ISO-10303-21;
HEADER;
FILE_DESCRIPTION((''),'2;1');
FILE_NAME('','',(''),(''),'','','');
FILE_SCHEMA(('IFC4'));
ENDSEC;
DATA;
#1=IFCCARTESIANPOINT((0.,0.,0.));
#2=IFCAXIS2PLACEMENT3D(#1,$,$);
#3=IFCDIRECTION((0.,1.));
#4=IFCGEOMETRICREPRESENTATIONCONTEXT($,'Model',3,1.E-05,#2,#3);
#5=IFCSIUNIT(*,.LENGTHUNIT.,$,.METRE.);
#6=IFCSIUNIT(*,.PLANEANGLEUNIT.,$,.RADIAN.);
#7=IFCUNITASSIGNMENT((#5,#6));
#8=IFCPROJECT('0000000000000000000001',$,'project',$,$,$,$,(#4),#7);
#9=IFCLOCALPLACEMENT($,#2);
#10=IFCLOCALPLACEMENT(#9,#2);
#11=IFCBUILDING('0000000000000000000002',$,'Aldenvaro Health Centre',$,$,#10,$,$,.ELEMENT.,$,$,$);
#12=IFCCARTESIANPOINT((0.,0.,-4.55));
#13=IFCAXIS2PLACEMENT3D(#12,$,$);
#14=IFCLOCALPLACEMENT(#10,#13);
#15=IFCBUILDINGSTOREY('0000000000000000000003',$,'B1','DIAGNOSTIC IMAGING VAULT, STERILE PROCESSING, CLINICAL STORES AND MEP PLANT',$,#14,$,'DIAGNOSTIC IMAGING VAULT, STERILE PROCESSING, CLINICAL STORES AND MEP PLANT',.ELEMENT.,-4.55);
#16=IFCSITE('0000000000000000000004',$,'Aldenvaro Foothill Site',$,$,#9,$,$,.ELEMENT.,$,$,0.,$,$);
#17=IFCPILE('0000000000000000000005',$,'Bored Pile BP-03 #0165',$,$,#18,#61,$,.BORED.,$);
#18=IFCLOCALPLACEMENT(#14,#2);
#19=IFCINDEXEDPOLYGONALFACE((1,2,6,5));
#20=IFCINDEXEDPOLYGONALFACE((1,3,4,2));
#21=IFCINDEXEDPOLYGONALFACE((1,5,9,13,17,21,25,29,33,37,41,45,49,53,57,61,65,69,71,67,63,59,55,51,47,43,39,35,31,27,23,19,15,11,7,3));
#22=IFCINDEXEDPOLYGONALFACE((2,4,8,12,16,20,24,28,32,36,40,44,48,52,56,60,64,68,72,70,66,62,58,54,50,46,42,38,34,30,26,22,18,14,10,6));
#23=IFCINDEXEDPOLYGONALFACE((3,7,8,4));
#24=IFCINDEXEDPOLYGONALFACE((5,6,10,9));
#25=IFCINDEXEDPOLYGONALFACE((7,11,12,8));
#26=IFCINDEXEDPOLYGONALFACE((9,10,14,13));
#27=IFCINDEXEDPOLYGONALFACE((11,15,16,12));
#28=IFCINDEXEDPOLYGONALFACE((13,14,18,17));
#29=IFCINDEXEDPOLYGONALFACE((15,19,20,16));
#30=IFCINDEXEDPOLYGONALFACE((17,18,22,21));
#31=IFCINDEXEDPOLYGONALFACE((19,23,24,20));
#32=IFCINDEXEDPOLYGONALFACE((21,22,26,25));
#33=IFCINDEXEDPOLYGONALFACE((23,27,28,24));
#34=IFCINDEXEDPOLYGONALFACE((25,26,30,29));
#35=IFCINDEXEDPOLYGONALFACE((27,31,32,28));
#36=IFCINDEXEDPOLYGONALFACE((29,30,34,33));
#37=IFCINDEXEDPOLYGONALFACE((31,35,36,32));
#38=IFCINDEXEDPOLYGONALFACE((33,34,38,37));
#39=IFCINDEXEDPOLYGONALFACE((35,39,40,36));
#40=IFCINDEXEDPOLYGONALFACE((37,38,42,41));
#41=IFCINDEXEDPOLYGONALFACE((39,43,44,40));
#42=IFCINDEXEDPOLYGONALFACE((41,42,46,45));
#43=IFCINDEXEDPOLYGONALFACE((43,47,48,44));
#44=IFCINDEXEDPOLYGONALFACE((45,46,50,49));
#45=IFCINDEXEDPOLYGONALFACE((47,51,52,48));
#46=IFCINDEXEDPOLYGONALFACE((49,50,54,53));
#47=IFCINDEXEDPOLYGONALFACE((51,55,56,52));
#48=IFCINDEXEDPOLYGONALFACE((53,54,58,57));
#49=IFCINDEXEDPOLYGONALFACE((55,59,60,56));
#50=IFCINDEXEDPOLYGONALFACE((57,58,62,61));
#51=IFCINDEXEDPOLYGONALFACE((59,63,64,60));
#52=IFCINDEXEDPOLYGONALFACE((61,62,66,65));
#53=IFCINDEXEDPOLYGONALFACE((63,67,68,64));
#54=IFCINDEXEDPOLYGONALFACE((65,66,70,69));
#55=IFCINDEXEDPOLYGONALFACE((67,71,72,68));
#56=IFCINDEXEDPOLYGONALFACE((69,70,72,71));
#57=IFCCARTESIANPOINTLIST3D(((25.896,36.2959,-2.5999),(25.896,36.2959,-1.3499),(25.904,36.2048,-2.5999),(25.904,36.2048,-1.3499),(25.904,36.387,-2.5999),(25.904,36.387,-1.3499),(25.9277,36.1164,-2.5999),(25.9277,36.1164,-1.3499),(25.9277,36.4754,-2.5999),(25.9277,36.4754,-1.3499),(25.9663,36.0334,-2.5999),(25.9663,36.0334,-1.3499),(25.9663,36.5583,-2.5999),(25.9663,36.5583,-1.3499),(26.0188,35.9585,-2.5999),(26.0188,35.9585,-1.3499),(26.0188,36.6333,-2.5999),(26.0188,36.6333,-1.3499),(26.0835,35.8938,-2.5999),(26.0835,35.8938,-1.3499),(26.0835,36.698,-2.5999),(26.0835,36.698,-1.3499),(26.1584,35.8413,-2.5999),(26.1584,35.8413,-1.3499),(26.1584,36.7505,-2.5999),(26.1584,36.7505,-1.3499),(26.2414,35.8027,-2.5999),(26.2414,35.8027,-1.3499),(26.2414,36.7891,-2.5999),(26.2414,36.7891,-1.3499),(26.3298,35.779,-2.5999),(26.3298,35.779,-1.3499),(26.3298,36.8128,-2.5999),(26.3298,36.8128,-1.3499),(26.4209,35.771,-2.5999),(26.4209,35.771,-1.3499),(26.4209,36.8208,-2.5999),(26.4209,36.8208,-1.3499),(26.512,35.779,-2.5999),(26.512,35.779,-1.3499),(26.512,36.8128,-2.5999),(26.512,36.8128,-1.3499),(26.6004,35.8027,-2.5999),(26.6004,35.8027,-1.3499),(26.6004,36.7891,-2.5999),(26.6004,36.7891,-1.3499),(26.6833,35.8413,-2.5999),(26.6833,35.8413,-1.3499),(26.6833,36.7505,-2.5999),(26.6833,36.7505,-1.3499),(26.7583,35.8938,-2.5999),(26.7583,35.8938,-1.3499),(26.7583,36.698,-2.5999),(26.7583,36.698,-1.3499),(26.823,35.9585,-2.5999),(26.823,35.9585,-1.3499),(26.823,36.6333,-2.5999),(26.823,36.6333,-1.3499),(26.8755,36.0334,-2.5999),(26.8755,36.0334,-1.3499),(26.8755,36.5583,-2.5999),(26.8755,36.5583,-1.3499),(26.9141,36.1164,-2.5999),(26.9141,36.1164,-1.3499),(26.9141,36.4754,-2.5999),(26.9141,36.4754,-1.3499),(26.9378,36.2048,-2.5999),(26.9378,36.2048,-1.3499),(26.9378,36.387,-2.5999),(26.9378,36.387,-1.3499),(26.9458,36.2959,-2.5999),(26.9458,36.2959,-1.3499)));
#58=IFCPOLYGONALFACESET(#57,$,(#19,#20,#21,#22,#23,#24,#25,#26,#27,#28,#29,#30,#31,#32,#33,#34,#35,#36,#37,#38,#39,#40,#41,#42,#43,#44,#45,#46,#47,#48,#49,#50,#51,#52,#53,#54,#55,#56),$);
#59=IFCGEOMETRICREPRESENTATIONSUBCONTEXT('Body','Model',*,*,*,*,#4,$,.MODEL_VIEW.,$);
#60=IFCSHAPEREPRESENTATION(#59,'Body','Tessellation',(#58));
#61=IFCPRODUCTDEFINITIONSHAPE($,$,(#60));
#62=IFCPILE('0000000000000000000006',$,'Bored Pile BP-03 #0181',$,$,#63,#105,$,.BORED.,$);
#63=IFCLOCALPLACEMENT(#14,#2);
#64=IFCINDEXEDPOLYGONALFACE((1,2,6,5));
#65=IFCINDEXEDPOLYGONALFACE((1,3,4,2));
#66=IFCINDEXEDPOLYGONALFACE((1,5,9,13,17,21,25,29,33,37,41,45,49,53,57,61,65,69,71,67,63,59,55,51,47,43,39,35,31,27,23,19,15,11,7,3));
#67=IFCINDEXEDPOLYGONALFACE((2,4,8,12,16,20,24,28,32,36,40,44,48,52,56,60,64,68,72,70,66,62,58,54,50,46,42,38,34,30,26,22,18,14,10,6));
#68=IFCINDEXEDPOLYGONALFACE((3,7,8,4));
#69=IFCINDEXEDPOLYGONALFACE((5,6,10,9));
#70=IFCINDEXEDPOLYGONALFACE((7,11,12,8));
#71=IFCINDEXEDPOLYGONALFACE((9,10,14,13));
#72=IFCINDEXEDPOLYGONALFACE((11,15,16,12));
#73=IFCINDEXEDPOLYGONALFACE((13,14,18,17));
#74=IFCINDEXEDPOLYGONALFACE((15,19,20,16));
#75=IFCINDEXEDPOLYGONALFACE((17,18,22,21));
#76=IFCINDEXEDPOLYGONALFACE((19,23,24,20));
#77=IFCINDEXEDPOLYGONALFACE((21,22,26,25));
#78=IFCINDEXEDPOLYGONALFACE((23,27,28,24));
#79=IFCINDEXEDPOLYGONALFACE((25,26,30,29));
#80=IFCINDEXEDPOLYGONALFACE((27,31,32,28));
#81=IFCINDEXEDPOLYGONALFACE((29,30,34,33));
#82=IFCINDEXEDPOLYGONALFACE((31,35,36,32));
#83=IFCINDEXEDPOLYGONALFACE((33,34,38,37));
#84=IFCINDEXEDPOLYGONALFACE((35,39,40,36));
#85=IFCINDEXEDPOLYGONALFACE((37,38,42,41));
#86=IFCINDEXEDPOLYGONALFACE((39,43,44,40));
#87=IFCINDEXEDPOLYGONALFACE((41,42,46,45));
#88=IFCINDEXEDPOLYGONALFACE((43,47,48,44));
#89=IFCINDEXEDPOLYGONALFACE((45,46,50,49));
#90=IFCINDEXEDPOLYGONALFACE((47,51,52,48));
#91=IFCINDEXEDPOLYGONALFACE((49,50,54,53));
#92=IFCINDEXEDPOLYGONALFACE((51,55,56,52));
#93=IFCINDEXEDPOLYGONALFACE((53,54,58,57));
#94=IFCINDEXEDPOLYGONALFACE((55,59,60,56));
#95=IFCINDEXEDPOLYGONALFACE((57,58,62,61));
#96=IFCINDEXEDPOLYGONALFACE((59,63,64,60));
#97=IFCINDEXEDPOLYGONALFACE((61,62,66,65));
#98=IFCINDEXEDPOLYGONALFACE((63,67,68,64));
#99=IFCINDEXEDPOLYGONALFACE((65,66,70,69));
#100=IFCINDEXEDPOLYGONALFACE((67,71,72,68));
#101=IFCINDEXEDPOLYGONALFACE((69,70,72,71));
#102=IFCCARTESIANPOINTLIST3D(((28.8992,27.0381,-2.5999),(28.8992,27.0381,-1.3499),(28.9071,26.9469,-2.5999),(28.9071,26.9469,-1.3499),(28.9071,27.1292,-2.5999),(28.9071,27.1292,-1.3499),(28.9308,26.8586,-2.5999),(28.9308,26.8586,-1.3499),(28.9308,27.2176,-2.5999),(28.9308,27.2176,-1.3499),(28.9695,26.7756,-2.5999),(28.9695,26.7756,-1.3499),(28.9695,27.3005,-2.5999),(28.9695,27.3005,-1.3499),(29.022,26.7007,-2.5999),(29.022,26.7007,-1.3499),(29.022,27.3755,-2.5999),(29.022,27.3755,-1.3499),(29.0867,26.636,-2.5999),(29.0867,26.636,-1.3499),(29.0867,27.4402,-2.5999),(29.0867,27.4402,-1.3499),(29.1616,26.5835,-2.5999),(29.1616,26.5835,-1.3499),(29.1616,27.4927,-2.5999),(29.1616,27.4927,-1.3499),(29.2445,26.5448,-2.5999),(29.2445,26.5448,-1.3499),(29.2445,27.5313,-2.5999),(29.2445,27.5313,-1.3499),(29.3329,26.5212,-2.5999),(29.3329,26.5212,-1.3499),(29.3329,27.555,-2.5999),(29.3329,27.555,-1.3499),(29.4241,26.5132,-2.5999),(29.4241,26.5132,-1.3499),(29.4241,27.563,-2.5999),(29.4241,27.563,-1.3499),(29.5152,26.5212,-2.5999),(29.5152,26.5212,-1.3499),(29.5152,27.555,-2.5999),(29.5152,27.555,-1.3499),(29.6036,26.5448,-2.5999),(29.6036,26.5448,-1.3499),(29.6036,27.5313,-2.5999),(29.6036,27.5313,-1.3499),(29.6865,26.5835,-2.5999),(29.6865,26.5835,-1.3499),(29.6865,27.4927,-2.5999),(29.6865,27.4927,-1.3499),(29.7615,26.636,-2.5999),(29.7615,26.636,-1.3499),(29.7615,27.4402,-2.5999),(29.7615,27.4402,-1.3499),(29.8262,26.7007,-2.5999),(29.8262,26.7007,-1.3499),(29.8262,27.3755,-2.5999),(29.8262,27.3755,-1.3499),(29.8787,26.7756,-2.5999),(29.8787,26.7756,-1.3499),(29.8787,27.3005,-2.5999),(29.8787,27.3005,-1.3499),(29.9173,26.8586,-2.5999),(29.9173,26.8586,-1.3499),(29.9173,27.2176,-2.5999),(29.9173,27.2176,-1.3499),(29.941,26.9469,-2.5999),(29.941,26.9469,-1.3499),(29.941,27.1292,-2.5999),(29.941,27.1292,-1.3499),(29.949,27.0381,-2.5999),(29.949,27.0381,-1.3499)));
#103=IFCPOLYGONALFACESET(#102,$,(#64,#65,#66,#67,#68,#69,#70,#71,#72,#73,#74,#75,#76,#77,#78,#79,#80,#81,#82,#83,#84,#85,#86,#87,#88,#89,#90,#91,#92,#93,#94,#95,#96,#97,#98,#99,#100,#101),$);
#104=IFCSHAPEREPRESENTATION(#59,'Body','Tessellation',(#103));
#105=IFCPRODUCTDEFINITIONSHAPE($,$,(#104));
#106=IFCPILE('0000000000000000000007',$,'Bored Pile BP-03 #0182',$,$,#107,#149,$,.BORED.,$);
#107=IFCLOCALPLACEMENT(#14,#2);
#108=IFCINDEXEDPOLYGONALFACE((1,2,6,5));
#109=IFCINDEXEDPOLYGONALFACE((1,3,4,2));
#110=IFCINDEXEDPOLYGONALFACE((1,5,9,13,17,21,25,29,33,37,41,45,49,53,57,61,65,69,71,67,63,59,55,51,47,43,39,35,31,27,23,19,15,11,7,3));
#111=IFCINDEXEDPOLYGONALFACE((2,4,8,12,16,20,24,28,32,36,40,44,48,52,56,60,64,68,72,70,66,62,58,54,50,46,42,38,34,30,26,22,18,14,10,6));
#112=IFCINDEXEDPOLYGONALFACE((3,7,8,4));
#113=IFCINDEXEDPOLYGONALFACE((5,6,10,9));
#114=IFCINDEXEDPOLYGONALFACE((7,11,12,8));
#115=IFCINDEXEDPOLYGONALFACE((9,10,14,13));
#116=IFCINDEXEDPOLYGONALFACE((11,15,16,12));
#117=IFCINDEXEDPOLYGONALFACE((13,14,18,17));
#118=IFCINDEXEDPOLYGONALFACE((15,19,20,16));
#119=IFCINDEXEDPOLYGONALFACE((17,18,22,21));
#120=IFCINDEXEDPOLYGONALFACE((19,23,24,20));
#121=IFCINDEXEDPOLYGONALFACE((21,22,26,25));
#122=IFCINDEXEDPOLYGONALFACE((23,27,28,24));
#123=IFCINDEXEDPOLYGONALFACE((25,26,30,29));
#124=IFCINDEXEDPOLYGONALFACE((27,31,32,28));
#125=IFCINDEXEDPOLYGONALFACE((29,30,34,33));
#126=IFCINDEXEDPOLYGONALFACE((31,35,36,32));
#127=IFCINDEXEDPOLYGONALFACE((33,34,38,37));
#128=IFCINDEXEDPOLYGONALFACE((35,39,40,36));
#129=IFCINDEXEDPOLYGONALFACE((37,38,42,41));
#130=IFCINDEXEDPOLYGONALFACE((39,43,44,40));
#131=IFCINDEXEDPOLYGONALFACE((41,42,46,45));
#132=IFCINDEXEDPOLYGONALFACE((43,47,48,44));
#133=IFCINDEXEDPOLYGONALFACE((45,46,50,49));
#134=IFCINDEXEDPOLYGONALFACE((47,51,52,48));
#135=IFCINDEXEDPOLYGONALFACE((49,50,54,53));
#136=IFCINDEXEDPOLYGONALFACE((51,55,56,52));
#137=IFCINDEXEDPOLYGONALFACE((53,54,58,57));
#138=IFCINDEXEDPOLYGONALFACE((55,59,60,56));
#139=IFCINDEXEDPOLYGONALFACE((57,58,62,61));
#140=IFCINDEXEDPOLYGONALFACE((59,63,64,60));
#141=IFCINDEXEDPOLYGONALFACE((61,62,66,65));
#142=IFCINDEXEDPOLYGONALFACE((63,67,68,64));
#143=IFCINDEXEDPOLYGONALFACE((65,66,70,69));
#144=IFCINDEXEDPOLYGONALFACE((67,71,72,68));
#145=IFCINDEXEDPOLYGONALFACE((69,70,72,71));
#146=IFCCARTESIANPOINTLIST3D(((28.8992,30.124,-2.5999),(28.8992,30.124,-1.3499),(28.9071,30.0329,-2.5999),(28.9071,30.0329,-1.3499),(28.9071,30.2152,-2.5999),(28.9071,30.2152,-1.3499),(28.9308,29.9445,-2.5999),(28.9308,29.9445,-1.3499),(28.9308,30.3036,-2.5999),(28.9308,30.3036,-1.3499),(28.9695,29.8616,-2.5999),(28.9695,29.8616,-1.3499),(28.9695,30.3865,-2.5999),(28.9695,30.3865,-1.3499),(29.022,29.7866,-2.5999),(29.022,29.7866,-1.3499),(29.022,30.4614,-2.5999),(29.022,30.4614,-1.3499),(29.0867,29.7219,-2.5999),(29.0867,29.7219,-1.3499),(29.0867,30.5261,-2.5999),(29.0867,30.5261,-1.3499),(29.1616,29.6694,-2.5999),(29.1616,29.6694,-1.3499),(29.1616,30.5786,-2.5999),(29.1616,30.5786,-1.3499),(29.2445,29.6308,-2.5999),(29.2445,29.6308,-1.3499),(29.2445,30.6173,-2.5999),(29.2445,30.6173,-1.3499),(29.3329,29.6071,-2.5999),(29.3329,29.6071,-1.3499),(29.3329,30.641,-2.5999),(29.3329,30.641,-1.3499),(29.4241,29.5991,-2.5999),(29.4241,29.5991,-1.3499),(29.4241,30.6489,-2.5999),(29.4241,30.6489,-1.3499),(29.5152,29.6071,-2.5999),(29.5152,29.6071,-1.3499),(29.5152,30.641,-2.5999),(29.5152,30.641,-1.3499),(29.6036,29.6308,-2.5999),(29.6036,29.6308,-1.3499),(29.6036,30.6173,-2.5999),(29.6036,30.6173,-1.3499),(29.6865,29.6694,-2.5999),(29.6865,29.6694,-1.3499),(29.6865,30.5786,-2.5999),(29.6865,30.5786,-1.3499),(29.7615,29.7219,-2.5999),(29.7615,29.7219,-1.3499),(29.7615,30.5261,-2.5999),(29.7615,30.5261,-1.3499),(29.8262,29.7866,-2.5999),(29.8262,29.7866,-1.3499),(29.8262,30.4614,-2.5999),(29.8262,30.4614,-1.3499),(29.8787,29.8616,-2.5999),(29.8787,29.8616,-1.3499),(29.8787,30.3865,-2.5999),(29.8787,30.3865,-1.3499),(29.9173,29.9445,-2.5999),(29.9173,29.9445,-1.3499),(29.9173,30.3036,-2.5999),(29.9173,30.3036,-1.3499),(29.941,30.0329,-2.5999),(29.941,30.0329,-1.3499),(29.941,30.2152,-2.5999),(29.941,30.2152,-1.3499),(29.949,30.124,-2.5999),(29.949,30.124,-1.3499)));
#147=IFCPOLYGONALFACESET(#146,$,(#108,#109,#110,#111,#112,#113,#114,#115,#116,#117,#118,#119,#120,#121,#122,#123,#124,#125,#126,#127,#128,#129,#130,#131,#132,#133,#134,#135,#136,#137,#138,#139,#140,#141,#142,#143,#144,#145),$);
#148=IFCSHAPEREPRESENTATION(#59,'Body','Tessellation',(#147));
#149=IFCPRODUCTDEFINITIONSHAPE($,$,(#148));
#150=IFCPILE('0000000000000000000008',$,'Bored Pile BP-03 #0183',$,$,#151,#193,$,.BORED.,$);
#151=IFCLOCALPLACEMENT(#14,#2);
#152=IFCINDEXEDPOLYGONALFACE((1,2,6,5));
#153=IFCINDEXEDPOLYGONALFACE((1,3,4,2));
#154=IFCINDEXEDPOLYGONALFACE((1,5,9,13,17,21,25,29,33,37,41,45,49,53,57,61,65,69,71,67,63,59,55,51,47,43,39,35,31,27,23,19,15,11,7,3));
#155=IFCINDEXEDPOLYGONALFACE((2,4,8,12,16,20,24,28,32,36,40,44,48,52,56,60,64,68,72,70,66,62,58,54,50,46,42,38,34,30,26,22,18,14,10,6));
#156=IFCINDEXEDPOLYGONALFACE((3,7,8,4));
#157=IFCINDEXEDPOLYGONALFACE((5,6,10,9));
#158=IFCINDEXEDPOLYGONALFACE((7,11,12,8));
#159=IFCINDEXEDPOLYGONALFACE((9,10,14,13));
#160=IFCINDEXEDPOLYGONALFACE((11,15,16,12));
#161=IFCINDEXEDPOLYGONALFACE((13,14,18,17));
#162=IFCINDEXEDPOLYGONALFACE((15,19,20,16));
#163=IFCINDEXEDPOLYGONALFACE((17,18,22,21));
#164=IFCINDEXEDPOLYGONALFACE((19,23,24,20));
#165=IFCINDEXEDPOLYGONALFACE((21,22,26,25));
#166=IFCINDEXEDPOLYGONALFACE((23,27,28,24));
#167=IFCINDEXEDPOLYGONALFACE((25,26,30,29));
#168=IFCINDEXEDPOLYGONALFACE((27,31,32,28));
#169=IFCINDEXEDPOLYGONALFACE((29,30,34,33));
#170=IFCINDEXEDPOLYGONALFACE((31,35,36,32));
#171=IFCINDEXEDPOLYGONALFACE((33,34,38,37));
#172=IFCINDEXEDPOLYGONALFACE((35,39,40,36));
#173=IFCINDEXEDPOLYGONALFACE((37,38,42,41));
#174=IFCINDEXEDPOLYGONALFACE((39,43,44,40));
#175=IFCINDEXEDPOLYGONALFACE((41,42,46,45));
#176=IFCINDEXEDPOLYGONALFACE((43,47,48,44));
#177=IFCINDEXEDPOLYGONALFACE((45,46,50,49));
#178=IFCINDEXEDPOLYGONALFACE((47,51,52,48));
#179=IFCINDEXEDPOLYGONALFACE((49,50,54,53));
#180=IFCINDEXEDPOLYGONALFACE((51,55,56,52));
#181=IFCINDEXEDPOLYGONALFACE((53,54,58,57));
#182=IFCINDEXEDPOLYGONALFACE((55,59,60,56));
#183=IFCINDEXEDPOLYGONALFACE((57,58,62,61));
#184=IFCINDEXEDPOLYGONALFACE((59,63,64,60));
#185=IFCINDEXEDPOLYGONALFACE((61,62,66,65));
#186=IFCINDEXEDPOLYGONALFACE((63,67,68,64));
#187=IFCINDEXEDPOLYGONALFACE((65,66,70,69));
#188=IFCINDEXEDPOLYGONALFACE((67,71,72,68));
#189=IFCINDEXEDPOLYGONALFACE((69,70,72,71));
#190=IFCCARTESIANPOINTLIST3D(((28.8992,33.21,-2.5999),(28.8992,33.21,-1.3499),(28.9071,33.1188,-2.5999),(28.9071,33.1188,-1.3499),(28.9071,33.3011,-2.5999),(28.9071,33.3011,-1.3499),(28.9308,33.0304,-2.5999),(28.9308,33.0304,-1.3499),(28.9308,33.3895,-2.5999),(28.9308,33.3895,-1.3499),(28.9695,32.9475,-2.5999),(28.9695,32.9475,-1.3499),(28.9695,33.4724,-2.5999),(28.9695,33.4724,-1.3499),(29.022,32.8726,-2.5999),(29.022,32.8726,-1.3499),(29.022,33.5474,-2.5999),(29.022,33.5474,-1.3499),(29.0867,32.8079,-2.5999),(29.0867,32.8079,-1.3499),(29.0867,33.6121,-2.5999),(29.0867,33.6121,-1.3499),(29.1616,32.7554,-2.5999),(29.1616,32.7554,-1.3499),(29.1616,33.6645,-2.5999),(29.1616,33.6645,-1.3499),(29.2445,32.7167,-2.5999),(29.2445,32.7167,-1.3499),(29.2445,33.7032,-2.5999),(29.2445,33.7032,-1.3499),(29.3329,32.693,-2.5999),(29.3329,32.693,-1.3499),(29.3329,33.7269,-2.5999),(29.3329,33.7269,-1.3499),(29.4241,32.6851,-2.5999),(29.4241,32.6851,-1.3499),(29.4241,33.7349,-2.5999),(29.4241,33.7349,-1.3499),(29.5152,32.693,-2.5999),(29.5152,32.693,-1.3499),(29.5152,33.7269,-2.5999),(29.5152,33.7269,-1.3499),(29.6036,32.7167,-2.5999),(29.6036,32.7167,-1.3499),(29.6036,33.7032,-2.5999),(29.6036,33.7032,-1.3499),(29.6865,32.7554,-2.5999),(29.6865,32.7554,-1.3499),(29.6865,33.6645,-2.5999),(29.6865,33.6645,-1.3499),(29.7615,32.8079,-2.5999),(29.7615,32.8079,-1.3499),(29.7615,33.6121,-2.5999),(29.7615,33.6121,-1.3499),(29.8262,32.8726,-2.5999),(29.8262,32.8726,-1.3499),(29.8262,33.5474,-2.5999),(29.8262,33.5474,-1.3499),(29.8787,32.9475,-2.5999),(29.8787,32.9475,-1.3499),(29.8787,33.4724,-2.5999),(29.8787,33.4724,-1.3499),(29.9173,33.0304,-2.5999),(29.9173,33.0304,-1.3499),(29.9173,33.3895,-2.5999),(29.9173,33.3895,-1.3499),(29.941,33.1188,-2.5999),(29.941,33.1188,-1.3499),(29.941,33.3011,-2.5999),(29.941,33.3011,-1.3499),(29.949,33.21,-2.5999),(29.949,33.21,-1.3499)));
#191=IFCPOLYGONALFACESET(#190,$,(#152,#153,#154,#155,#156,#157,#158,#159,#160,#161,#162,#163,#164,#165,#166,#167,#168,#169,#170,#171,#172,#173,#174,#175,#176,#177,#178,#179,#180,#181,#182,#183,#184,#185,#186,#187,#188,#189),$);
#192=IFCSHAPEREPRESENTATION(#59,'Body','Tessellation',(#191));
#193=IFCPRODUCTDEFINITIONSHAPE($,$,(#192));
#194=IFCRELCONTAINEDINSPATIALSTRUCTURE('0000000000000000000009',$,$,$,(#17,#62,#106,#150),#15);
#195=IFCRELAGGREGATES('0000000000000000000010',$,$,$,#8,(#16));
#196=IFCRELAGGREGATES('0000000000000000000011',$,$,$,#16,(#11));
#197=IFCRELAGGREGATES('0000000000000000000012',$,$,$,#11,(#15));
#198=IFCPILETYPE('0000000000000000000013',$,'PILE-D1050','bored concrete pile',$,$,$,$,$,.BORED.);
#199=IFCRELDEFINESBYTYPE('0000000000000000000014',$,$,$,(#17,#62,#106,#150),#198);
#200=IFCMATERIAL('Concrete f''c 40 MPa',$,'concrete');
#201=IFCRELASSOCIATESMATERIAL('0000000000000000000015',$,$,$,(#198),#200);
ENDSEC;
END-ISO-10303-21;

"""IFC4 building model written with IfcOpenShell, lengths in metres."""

from ifc_helpers import new_model, si_unit, direction, frame, origin, origin_2d, place, context, subcontext, project, spatial, circle, extrude, material, material_profile, profile_set, type_object, element, save


model = new_model("IFC4")

# Units and contexts
model_context = context("Model", 3, precision=1e-05, world=origin(), true_north=direction((0.0, 1.0)))
body_context = subcontext(model_context, "Body", "Model", "MODEL_VIEW")
ifc_project = project(units=[si_unit("LENGTHUNIT", "METRE"), si_unit("PLANEANGLEUNIT", "RADIAN")], contexts=[model_context])

# Site, building, storey
site_placement = place(None, origin())
site = spatial("IfcSite", under=ifc_project, at=site_placement, Name="Aldenvaro Foothill Site", CompositionType="ELEMENT", RefElevation=0.0)
building_placement = place(site_placement, origin())
building = spatial("IfcBuilding", under=site, at=building_placement, Name="Aldenvaro Health Centre", CompositionType="ELEMENT")
storey_placement = place(building_placement, frame((0.0, 0.0, -4.55)))
storey = spatial("IfcBuildingStorey", under=building, at=storey_placement, Name="B1", Description="DIAGNOSTIC IMAGING VAULT, STERILE PROCESSING, CLINICAL STORES AND MEP PLANT", LongName="DIAGNOSTIC IMAGING VAULT, STERILE PROCESSING, CLINICAL STORES AND MEP PLANT", CompositionType="ELEMENT", Elevation=-4.55)

# Piles
ifc_material_1 = material(Name="Concrete f'c 40 MPa", Category="concrete")
ifc_material_profile_1 = material_profile(ifc_material_1, circle(Radius=0.5249, at=origin_2d()), Name="PILE D1050", Category="concrete")
ifc_profile_set_1 = profile_set([ifc_material_profile_1], Name="Concrete f'c 40 MPa")
pile_type = type_object("IfcPileType", Name="PILE-D1050", Description="bored concrete pile", PredefinedType="BORED", material=ifc_profile_set_1)
for number, where, z_axis, x_axis, name in (
    (1, (26.4209, 36.2959, -1.3499), (0.0, 0.0, -1.0), (1.0, 0.0, 0.0), "Bored Pile BP-03 #0165"),
    (2, (29.4241, 27.0381, -1.3499), (0.0, 0.0, -1.0), (1.0, 0.0, 0.0), "Bored Pile BP-03 #0181"),
    (3, (29.4241, 30.124, -1.3499), (0.0, 0.0, -1.0), (1.0, 0.0, 0.0), "Bored Pile BP-03 #0182"),
    (4, (29.4241, 33.21, -1.3499), (0.0, 0.0, -1.0), (1.0, 0.0, 0.0), "Bored Pile BP-03 #0183"),
):
    element("IfcPile", number, at=place(storey_placement, frame(where, z_axis=z_axis, x_axis=x_axis)), inside=storey, type_object=pile_type, Name=name, PredefinedType="BORED", context=body_context, shape_type="SweptSolid", body=[
        extrude(circle(Radius=0.5249, at=origin_2d()), origin(), (0.0, 0.0, 1.0), 1.25),
    ])

save(model, "model.ifc")
